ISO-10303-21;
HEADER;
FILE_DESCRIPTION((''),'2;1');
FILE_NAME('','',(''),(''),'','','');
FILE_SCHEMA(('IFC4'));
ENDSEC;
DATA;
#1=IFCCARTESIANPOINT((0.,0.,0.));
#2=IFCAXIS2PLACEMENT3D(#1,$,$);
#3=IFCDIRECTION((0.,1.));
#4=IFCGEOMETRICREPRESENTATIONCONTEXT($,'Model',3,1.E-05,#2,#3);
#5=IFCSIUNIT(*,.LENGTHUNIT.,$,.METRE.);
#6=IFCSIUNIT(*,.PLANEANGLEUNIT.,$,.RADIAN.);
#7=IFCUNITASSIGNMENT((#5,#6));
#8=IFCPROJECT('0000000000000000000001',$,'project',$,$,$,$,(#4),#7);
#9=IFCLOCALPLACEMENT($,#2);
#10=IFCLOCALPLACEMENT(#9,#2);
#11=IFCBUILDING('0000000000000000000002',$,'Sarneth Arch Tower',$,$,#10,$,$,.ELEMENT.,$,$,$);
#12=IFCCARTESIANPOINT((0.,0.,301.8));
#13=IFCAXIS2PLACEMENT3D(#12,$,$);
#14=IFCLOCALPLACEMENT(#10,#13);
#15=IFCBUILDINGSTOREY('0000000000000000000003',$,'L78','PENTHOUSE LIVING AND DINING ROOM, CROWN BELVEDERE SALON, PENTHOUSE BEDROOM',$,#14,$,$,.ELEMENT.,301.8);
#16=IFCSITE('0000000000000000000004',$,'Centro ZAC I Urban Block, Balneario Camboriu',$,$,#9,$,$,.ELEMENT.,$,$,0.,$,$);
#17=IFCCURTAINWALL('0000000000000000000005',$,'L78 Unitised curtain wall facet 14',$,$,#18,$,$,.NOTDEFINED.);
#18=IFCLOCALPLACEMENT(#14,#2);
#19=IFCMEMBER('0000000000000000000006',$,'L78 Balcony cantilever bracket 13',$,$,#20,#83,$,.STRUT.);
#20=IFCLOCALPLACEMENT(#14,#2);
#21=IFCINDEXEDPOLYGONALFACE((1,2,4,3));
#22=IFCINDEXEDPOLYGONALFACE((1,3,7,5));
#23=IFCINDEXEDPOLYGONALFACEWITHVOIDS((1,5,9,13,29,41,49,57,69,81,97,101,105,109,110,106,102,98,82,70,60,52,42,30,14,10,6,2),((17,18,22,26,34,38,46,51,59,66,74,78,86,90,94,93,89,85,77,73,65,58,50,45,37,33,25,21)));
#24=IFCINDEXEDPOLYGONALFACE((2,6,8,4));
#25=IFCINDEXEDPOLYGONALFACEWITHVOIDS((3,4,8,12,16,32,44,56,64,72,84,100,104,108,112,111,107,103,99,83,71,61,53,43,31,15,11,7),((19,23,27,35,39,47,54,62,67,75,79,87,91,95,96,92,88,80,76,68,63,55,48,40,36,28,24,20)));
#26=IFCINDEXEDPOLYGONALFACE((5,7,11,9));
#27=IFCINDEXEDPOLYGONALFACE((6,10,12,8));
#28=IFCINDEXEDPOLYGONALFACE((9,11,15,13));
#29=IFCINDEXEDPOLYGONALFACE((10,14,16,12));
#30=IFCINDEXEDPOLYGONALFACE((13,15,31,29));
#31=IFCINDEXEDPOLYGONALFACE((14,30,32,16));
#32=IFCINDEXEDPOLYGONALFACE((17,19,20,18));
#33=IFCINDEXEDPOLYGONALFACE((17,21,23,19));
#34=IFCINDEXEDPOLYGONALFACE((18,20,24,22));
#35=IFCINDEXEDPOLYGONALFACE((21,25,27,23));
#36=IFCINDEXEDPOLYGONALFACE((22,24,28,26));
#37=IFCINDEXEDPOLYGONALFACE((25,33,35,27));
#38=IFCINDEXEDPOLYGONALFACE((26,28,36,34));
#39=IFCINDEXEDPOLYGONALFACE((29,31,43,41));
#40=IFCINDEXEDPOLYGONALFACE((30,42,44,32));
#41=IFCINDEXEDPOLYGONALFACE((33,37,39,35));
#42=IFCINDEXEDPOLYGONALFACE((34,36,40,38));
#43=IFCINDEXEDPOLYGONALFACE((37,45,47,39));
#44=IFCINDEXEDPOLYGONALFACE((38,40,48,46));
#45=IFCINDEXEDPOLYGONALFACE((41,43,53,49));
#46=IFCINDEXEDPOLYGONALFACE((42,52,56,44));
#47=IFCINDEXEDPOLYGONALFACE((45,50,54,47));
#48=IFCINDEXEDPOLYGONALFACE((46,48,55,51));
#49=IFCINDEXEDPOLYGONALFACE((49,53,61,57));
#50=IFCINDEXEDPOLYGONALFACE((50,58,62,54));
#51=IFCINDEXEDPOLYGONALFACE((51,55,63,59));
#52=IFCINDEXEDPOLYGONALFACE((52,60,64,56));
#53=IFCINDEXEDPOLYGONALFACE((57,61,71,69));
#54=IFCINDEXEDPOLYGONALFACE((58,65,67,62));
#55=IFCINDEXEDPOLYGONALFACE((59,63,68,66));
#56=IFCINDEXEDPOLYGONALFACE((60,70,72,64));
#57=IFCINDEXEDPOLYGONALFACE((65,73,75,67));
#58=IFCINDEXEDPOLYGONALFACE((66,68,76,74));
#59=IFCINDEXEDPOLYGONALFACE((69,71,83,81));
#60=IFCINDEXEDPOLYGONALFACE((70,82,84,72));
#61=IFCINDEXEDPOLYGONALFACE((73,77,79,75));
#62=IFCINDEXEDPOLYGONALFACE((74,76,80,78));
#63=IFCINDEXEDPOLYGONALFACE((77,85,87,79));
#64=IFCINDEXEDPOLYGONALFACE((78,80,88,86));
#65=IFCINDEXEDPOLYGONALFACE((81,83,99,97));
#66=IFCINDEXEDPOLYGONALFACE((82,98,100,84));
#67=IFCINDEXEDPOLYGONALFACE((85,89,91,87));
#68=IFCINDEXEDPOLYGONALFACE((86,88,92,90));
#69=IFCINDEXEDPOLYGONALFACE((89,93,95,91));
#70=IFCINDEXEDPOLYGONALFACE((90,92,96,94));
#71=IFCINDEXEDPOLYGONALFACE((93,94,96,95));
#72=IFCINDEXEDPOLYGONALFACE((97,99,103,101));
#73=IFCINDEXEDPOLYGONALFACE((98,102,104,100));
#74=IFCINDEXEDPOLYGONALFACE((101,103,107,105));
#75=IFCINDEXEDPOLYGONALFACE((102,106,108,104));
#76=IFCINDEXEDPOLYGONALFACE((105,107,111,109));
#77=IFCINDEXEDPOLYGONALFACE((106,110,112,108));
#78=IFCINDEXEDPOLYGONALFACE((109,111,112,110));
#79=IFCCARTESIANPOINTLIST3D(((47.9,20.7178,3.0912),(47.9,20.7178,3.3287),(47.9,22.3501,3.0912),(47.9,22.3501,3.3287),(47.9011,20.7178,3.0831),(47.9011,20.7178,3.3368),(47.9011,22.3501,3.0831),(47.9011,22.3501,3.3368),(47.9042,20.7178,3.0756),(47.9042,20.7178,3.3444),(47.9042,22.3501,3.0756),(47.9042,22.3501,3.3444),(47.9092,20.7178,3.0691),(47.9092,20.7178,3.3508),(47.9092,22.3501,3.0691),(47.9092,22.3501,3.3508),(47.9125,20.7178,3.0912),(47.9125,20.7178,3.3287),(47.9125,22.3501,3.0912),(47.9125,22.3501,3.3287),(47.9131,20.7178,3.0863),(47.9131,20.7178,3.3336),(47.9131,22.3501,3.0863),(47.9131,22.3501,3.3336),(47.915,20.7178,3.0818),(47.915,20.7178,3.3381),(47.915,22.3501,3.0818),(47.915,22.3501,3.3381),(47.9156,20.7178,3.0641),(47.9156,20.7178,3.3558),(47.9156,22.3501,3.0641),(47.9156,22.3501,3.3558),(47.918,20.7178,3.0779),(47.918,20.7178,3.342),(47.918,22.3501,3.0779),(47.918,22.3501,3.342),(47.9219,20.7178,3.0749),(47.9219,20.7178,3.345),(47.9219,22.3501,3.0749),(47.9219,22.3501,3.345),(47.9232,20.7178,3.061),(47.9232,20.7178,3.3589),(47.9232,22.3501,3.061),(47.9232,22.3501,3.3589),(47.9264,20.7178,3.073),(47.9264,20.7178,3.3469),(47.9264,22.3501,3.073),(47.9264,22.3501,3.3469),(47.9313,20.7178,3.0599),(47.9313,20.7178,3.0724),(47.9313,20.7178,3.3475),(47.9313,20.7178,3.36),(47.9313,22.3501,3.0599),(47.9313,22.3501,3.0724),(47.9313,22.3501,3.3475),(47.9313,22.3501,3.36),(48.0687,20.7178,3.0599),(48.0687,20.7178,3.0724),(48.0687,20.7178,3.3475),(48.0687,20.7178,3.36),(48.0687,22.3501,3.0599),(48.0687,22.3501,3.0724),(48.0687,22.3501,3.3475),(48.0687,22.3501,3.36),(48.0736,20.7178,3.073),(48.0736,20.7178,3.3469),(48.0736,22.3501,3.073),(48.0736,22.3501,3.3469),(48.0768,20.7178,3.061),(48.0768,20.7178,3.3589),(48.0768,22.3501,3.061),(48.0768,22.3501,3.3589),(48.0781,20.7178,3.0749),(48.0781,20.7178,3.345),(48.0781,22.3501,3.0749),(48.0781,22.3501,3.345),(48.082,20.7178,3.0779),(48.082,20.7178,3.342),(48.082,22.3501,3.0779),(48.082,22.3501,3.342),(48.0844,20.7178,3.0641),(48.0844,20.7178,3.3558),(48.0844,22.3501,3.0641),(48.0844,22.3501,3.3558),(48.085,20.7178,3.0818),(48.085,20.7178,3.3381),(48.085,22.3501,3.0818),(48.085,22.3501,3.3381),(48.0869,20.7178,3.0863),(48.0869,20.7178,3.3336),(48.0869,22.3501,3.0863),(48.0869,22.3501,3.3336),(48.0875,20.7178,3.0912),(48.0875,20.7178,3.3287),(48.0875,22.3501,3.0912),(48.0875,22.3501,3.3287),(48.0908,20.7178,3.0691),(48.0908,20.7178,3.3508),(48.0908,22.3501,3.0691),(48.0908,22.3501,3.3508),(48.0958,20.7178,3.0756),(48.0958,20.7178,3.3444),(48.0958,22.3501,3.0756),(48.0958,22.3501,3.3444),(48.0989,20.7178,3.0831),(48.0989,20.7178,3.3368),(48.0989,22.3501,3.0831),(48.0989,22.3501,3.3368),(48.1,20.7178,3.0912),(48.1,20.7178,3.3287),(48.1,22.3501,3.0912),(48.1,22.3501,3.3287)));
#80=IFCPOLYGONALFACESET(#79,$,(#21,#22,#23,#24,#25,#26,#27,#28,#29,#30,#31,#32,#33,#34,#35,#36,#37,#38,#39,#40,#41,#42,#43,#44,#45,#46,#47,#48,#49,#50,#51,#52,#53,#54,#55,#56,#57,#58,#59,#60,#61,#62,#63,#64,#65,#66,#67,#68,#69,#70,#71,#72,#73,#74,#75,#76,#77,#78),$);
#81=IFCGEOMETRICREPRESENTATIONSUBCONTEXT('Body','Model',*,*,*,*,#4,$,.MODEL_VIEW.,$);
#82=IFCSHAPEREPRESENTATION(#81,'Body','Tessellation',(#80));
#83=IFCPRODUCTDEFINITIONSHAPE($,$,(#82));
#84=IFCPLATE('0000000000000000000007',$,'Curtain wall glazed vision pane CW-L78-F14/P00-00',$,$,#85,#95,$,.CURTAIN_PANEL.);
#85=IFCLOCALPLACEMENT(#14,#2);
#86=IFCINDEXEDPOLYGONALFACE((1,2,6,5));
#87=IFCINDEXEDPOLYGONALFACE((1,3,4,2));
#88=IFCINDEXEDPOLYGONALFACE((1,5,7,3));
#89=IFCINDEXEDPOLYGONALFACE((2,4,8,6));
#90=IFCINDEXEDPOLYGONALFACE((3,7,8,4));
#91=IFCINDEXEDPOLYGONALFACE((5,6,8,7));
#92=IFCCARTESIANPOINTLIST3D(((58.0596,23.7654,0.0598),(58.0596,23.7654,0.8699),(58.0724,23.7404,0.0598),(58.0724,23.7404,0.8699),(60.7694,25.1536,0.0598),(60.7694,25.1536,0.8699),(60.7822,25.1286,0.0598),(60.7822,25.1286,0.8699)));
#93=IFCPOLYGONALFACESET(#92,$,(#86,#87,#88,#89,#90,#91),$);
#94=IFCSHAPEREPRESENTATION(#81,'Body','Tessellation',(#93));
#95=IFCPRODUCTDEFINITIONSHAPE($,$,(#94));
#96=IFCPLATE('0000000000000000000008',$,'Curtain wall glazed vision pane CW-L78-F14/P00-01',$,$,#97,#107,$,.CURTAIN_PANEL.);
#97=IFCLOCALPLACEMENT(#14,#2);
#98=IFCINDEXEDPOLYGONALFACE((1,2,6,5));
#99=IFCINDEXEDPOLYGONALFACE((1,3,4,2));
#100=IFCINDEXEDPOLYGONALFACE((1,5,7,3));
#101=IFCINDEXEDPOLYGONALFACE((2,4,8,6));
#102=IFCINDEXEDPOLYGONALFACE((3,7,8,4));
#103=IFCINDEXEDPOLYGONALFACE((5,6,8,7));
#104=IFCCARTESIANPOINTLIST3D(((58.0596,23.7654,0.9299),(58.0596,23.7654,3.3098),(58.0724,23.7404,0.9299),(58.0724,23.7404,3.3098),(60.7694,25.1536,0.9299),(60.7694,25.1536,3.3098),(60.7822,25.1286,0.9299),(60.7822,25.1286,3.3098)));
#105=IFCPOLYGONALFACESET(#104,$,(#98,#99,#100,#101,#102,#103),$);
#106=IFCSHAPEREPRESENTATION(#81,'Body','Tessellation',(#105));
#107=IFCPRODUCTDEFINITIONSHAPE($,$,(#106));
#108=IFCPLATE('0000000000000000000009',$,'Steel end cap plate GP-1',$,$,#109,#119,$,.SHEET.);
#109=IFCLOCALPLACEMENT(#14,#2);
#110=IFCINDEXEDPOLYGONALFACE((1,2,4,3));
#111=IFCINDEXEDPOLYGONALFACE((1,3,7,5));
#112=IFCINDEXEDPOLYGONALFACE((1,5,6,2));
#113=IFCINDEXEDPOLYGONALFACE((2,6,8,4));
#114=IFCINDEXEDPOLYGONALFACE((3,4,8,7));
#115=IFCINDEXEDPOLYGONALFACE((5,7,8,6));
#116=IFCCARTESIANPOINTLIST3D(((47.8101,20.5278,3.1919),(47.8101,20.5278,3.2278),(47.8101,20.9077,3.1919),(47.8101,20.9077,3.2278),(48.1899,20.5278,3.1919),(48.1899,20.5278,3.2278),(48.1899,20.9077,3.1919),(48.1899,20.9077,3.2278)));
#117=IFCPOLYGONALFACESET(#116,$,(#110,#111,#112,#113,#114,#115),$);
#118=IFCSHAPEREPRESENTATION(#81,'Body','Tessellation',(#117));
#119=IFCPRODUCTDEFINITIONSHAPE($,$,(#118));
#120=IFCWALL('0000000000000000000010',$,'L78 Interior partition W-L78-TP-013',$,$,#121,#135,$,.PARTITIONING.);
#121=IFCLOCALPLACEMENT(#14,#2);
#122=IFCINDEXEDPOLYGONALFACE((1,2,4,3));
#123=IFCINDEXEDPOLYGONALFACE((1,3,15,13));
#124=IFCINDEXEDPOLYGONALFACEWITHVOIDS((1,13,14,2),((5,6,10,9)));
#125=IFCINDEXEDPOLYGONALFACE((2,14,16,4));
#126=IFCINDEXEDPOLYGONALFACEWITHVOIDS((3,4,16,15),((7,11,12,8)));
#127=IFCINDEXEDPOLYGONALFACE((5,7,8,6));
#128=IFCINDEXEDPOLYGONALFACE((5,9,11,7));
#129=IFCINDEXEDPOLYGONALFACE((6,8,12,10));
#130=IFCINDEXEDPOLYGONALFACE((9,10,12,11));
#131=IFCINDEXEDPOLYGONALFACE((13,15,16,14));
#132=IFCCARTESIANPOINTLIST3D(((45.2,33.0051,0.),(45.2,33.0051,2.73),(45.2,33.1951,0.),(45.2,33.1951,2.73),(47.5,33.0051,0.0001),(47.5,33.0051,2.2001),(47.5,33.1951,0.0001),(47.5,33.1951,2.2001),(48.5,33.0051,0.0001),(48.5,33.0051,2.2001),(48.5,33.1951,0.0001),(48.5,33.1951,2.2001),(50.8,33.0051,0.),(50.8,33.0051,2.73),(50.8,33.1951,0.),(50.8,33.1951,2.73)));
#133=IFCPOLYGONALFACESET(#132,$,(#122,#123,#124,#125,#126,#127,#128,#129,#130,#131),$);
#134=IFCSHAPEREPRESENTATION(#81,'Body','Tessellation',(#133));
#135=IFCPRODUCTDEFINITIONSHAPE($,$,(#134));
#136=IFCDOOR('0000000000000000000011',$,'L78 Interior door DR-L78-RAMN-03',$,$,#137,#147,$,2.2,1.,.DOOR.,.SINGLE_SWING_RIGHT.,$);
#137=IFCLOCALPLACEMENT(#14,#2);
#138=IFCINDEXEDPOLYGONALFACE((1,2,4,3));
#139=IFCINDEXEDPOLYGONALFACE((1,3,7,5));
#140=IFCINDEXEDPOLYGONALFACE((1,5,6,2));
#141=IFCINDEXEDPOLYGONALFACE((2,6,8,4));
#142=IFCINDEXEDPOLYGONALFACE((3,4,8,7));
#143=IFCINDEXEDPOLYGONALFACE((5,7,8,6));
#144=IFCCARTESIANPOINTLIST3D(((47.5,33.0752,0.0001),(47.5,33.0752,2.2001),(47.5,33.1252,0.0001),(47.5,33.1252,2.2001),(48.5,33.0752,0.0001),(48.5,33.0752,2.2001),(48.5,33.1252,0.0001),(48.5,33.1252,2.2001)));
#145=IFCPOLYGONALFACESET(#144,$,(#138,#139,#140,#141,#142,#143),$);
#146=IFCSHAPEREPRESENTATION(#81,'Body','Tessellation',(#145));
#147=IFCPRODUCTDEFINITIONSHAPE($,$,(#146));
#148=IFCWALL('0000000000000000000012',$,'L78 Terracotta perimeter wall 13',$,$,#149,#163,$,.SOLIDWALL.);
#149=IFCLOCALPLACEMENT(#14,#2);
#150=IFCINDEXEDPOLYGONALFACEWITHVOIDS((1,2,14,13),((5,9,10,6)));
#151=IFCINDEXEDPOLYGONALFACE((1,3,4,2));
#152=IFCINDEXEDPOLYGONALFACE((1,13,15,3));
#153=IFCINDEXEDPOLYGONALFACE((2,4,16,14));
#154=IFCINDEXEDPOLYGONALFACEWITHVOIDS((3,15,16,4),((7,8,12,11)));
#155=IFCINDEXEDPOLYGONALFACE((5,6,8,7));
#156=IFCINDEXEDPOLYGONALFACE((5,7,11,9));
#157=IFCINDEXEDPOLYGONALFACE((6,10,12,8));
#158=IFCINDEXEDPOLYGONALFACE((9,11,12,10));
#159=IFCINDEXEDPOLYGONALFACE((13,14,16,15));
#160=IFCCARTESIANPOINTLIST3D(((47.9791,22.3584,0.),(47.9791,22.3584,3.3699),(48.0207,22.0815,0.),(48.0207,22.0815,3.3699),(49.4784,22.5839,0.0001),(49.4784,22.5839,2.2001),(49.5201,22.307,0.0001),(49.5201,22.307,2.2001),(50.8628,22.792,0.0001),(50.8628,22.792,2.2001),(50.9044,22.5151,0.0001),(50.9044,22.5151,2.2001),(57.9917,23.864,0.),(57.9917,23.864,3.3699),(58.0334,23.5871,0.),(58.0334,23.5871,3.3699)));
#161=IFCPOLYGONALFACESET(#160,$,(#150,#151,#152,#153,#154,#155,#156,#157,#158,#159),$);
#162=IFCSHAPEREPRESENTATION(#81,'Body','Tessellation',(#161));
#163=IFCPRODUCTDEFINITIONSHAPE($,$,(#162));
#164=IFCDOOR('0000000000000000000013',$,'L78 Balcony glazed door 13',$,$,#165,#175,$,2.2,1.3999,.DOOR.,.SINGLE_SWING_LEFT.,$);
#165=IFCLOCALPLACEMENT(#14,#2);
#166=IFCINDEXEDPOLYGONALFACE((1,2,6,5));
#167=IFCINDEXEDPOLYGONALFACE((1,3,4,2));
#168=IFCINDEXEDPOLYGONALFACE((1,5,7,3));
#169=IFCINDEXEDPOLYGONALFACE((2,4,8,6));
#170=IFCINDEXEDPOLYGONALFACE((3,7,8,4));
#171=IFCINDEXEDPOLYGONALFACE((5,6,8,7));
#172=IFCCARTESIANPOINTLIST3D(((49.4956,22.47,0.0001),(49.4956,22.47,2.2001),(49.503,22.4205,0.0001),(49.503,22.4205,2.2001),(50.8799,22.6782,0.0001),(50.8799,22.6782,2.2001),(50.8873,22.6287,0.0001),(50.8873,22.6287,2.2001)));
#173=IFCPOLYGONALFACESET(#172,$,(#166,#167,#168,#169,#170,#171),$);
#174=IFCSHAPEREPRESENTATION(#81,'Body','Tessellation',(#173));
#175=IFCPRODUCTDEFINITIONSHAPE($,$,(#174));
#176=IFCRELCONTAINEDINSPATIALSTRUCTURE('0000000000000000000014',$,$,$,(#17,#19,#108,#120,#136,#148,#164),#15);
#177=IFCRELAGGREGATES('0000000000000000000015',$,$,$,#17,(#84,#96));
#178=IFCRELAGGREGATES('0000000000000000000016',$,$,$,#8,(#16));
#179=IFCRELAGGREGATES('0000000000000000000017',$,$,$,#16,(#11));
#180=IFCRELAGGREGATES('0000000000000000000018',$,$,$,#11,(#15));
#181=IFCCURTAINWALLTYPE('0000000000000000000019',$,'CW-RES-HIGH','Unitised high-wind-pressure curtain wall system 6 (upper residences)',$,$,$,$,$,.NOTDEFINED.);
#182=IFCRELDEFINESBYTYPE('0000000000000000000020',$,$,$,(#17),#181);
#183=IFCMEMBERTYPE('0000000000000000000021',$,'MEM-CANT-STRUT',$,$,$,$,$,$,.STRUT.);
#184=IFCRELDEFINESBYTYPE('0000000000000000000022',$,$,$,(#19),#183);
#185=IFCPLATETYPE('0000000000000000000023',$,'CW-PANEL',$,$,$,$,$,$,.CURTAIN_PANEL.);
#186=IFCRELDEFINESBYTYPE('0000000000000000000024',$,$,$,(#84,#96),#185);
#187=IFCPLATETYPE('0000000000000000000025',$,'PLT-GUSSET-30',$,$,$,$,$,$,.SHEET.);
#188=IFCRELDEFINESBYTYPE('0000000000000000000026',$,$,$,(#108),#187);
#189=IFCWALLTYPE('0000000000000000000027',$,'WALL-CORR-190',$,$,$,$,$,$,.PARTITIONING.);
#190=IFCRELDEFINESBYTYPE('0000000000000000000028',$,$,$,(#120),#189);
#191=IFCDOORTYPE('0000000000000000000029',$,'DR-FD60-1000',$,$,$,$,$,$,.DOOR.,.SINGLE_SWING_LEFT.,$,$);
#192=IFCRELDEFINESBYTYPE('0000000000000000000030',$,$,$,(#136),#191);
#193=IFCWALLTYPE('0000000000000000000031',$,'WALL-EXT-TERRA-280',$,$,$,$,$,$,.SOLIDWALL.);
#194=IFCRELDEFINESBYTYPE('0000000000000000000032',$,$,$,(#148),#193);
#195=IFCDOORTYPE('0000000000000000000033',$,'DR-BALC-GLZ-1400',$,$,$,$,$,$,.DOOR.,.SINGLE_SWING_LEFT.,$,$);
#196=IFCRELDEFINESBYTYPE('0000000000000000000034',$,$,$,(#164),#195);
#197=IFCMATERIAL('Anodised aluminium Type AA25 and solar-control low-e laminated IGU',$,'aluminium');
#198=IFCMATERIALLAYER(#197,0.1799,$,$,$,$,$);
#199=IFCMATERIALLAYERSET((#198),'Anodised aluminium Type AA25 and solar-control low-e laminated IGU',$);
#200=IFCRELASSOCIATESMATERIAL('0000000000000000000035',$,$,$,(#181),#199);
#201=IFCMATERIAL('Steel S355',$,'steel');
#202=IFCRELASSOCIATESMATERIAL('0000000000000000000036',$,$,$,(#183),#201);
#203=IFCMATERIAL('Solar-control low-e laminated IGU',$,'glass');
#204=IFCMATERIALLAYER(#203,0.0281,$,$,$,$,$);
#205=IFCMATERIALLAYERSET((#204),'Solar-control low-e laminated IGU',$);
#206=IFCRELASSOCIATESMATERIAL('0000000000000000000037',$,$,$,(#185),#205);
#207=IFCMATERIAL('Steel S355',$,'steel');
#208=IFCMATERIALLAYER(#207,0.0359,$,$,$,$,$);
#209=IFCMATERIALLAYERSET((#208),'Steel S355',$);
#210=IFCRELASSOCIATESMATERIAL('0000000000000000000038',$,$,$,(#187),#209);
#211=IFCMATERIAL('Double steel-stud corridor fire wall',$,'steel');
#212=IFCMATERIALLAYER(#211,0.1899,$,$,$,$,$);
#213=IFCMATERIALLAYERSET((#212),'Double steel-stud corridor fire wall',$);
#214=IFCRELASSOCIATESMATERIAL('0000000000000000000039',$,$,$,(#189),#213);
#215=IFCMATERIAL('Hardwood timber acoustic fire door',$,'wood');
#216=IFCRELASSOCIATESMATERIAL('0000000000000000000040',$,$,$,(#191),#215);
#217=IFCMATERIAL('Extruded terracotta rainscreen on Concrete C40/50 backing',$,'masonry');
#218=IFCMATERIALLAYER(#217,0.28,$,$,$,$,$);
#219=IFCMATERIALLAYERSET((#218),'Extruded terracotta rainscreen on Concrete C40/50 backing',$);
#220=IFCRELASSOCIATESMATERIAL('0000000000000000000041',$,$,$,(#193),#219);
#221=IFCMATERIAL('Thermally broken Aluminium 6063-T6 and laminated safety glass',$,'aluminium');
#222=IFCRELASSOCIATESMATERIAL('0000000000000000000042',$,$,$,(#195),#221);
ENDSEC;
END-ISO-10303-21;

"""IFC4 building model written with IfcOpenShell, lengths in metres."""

from ifc_helpers import new_model, si_unit, direction, frame, frame_2d, origin, origin_2d, place, context, subcontext, project, spatial, rectangle, hollow_rectangle, extrude, material, layer, layer_set, material_profile, profile_set, type_object, element, fill, aggregate, save


model = new_model("IFC4")

# Units and contexts
model_context = context("Model", 3, precision=1e-05, world=origin(), true_north=direction((0.0, 1.0)))
body_context = subcontext(model_context, "Body", "Model", "MODEL_VIEW")
ifc_project = project(units=[si_unit("LENGTHUNIT", "METRE"), si_unit("PLANEANGLEUNIT", "RADIAN")], contexts=[model_context])

# Site, building, storey
site_placement = place(None, origin())
site = spatial("IfcSite", under=ifc_project, at=site_placement, Name="Centro ZAC I Urban Block, Balneario Camboriu", CompositionType="ELEMENT", RefElevation=0.0)
building_placement = place(site_placement, origin())
building = spatial("IfcBuilding", under=site, at=building_placement, Name="Sarneth Arch Tower", CompositionType="ELEMENT")
storey_placement = place(building_placement, frame((0.0, 0.0, 301.8)))
storey = spatial("IfcBuildingStorey", under=building, at=storey_placement, Name="L78", Description="PENTHOUSE LIVING AND DINING ROOM, CROWN BELVEDERE SALON, PENTHOUSE BEDROOM", CompositionType="ELEMENT", Elevation=301.8)

# Curtain wall
ifc_material_1 = material(Name="Anodised aluminium Type AA25 and solar-control low-e laminated IGU", Category="aluminium")
ifc_layer_1 = layer(ifc_material_1, 0.1799)
ifc_layer_set_1 = layer_set([ifc_layer_1], Name="Anodised aluminium Type AA25 and solar-control low-e laminated IGU")
curtain_wall_type = type_object("IfcCurtainWallType", Name="CW-RES-HIGH", Description="Unitised high-wind-pressure curtain wall system 6 (upper residences)", PredefinedType="NOTDEFINED", material=ifc_layer_set_1)
curtain_wall_placement = place(storey_placement, origin())
curtain_wall = element("IfcCurtainWall", 1, at=curtain_wall_placement, inside=storey, type_object=curtain_wall_type, Name="L78 Unitised curtain wall facet 14", PredefinedType="NOTDEFINED")

# Member
ifc_material_2 = material(Name="Steel S355", Category="steel")
ifc_material_profile_1 = material_profile(ifc_material_2, hollow_rectangle(XDim=0.2, YDim=0.3, WallThickness=0.0125, InnerFilletRadius=0.0188, OuterFilletRadius=0.0312, at=origin_2d()), Name="RHS300x200x12.5")
ifc_profile_set_1 = profile_set([ifc_material_profile_1], Name="Steel S355")
member_type_1 = type_object("IfcMemberType", Name="MEM-CANT-STRUT", PredefinedType="STRUT", material=ifc_profile_set_1)
member_1_placement = place(storey_placement, frame((48.0, 22.3501, 3.21), z_axis=(0.0, -1.0, 0.0), x_axis=(1.0, 0.0, 0.0)))
element("IfcMember", 2, at=member_1_placement, inside=storey, type_object=member_type_1, Name="L78 Balcony cantilever bracket 13", PredefinedType="STRUT", context=body_context, shape_type="SweptSolid", body=[
    extrude(hollow_rectangle(XDim=0.2, YDim=0.3, WallThickness=0.0125, InnerFilletRadius=0.0188, OuterFilletRadius=0.0312, at=origin_2d()), origin(), (0.0, 0.0, 1.0), 1.6323),
])

# Plates
ifc_material_3 = material(Name="Solar-control low-e laminated IGU", Category="glass")
ifc_layer_2 = layer(ifc_material_3, 0.0281)
ifc_layer_set_2 = layer_set([ifc_layer_2], Name="Solar-control low-e laminated IGU")
plate_type_1 = type_object("IfcPlateType", Name="CW-PANEL", PredefinedType="CURTAIN_PANEL", material=ifc_layer_set_2)
plate_1_placement = place(storey_placement, frame((59.4209, 24.447, 0.0598), z_axis=(0.0, 0.0, 1.0), x_axis=(0.89001, 0.455942, 0.0)))
plate_1 = element("IfcPlate", 3, at=plate_1_placement, type_object=plate_type_1, Name="Curtain wall glazed vision pane CW-L78-F14/P00-00", PredefinedType="CURTAIN_PANEL", context=body_context, shape_type="SweptSolid", body=[
    extrude(rectangle(XDim=3.0447, YDim=0.0281, at=origin_2d()), origin(), (0.0, 0.0, 1.0), 0.8101),
])
plate_2_placement = place(storey_placement, frame((59.4209, 24.447, 0.9299), z_axis=(0.0, 0.0, 1.0), x_axis=(0.89001, 0.455942, 0.0)))
plate_2 = element("IfcPlate", 4, at=plate_2_placement, type_object=plate_type_1, Name="Curtain wall glazed vision pane CW-L78-F14/P00-01", PredefinedType="CURTAIN_PANEL", context=body_context, shape_type="SweptSolid", body=[
    extrude(rectangle(XDim=3.0447, YDim=0.0281, at=origin_2d()), origin(), (0.0, 0.0, 1.0), 2.3799),
])
aggregate(curtain_wall, [plate_1, plate_2])
ifc_material_4 = material(Name="Steel S355", Category="steel")
ifc_layer_3 = layer(ifc_material_4, 0.0359)
ifc_layer_set_3 = layer_set([ifc_layer_3], Name="Steel S355")
plate_type_2 = type_object("IfcPlateType", Name="PLT-GUSSET-30", PredefinedType="SHEET", material=ifc_layer_set_3)
plate_3_placement = place(storey_placement, frame((48.0, 20.7178, 3.1919), z_axis=(0.0, 0.0, 1.0), x_axis=(0.0, -1.0, 0.0)))
element("IfcPlate", 5, at=plate_3_placement, inside=storey, type_object=plate_type_2, Name="Steel end cap plate GP-1", PredefinedType="SHEET", context=body_context, shape_type="SweptSolid", body=[
    extrude(rectangle(XDim=0.3799, YDim=0.3799, at=origin_2d()), origin(), (0.0, 0.0, 1.0), 0.0359),
])

# Walls, openings, doors
ifc_material_5 = material(Name="Double steel-stud corridor fire wall", Category="steel")
ifc_layer_4 = layer(ifc_material_5, 0.1899)
ifc_layer_set_4 = layer_set([ifc_layer_4], Name="Double steel-stud corridor fire wall")
wall_type_1 = type_object("IfcWallType", Name="WALL-CORR-190", PredefinedType="PARTITIONING", material=ifc_layer_set_4)
wall_1_placement = place(storey_placement, frame((50.8, 33.1001, 0.0), z_axis=(0.0, 0.0, 1.0), x_axis=(-1.0, 0.0, 0.0)))
wall_1 = element("IfcWall", 6, at=wall_1_placement, inside=storey, type_object=wall_type_1, Name="L78 Interior partition W-L78-TP-013", PredefinedType="PARTITIONING", context=body_context, shape_type="SweptSolid", body=[
    extrude(rectangle(XDim=5.6001, YDim=0.1899, at=frame_2d((2.8, 0.0))), origin(), (0.0, 0.0, 1.0), 2.73),
])
opening_1_placement = place(wall_1_placement, frame((2.3, 0.0, 0.0)))
opening_1 = element("IfcOpeningElement", 7, at=opening_1_placement, cuts=wall_1, PredefinedType="OPENING", context=body_context, shape_type="SweptSolid", body=[
    extrude(rectangle(XDim=1.0, YDim=2.2, at=frame_2d((0.5, 1.1001))), frame((0.0, 0.105, 0.0), z_axis=(0.0, -1.0, 0.0), x_axis=(1.0, 0.0, 0.0)), (0.0, 0.0, 1.0), 0.21),
])
ifc_material_6 = material(Name="Hardwood timber acoustic fire door", Category="wood")
door_type_1 = type_object("IfcDoorType", Name="DR-FD60-1000", OperationType="SINGLE_SWING_LEFT", PredefinedType="DOOR", material=ifc_material_6)
door_1_placement = place(opening_1_placement, origin())
door_1 = element("IfcDoor", 8, at=door_1_placement, inside=storey, type_object=door_type_1, Name="L78 Interior door DR-L78-RAMN-03", OperationType="SINGLE_SWING_RIGHT", OverallHeight=2.2, OverallWidth=1.0, PredefinedType="DOOR", context=body_context, shape_type="SweptSolid", body=[
    extrude(rectangle(XDim=1.0, YDim=2.2, at=frame_2d((0.5, 1.1001))), frame((0.0, 0.0249, 0.0), z_axis=(0.0, -1.0, 0.0), x_axis=(1.0, 0.0, 0.0)), (0.0, 0.0, 1.0), 0.05),
])
fill(opening_1, door_1)
ifc_material_7 = material(Name="Extruded terracotta rainscreen on Concrete C40/50 backing", Category="masonry")
ifc_layer_5 = layer(ifc_material_7, 0.28)
ifc_layer_set_5 = layer_set([ifc_layer_5], Name="Extruded terracotta rainscreen on Concrete C40/50 backing")
wall_type_2 = type_object("IfcWallType", Name="WALL-EXT-TERRA-280", PredefinedType="SOLIDWALL", material=ifc_layer_set_5)
wall_2_placement = place(storey_placement, frame((48.0, 22.22, 0.0), z_axis=(0.0, 0.0, 1.0), x_axis=(0.988883, 0.148699, 0.0)))
wall_2 = element("IfcWall", 9, at=wall_2_placement, inside=storey, type_object=wall_type_2, Name="L78 Terracotta perimeter wall 13", PredefinedType="SOLIDWALL", context=body_context, shape_type="SweptSolid", body=[
    extrude(rectangle(XDim=10.1252, YDim=0.28, at=frame_2d((5.0625, 0.0))), origin(), (0.0, 0.0, 1.0), 3.3699),
])
opening_2_placement = place(wall_2_placement, frame((1.5161, 0.0, 0.0)))
opening_2 = element("IfcOpeningElement", 10, at=opening_2_placement, cuts=wall_2, PredefinedType="OPENING", context=body_context, shape_type="SweptSolid", body=[
    extrude(rectangle(XDim=1.3999, YDim=2.2, at=frame_2d((0.7, 1.1001))), frame((0.0, 0.1499, 0.0), z_axis=(0.0, -1.0, 0.0), x_axis=(1.0, 0.0, 0.0)), (0.0, 0.0, 1.0), 0.3),
])
ifc_material_8 = material(Name="Thermally broken Aluminium 6063-T6 and laminated safety glass", Category="aluminium")
door_type_2 = type_object("IfcDoorType", Name="DR-BALC-GLZ-1400", OperationType="SINGLE_SWING_LEFT", PredefinedType="DOOR", material=ifc_material_8)
door_2_placement = place(opening_2_placement, origin())
door_2 = element("IfcDoor", 11, at=door_2_placement, inside=storey, type_object=door_type_2, Name="L78 Balcony glazed door 13", OperationType="SINGLE_SWING_LEFT", OverallHeight=2.2, OverallWidth=1.3999, PredefinedType="DOOR", context=body_context, shape_type="SweptSolid", body=[
    extrude(rectangle(XDim=1.3999, YDim=2.2, at=frame_2d((0.7, 1.1001))), frame((0.0, 0.0249, 0.0), z_axis=(0.0, -1.0, 0.0), x_axis=(1.0, 0.0, 0.0)), (0.0, 0.0, 1.0), 0.05),
])
fill(opening_2, door_2)

save(model, "model.ifc")
